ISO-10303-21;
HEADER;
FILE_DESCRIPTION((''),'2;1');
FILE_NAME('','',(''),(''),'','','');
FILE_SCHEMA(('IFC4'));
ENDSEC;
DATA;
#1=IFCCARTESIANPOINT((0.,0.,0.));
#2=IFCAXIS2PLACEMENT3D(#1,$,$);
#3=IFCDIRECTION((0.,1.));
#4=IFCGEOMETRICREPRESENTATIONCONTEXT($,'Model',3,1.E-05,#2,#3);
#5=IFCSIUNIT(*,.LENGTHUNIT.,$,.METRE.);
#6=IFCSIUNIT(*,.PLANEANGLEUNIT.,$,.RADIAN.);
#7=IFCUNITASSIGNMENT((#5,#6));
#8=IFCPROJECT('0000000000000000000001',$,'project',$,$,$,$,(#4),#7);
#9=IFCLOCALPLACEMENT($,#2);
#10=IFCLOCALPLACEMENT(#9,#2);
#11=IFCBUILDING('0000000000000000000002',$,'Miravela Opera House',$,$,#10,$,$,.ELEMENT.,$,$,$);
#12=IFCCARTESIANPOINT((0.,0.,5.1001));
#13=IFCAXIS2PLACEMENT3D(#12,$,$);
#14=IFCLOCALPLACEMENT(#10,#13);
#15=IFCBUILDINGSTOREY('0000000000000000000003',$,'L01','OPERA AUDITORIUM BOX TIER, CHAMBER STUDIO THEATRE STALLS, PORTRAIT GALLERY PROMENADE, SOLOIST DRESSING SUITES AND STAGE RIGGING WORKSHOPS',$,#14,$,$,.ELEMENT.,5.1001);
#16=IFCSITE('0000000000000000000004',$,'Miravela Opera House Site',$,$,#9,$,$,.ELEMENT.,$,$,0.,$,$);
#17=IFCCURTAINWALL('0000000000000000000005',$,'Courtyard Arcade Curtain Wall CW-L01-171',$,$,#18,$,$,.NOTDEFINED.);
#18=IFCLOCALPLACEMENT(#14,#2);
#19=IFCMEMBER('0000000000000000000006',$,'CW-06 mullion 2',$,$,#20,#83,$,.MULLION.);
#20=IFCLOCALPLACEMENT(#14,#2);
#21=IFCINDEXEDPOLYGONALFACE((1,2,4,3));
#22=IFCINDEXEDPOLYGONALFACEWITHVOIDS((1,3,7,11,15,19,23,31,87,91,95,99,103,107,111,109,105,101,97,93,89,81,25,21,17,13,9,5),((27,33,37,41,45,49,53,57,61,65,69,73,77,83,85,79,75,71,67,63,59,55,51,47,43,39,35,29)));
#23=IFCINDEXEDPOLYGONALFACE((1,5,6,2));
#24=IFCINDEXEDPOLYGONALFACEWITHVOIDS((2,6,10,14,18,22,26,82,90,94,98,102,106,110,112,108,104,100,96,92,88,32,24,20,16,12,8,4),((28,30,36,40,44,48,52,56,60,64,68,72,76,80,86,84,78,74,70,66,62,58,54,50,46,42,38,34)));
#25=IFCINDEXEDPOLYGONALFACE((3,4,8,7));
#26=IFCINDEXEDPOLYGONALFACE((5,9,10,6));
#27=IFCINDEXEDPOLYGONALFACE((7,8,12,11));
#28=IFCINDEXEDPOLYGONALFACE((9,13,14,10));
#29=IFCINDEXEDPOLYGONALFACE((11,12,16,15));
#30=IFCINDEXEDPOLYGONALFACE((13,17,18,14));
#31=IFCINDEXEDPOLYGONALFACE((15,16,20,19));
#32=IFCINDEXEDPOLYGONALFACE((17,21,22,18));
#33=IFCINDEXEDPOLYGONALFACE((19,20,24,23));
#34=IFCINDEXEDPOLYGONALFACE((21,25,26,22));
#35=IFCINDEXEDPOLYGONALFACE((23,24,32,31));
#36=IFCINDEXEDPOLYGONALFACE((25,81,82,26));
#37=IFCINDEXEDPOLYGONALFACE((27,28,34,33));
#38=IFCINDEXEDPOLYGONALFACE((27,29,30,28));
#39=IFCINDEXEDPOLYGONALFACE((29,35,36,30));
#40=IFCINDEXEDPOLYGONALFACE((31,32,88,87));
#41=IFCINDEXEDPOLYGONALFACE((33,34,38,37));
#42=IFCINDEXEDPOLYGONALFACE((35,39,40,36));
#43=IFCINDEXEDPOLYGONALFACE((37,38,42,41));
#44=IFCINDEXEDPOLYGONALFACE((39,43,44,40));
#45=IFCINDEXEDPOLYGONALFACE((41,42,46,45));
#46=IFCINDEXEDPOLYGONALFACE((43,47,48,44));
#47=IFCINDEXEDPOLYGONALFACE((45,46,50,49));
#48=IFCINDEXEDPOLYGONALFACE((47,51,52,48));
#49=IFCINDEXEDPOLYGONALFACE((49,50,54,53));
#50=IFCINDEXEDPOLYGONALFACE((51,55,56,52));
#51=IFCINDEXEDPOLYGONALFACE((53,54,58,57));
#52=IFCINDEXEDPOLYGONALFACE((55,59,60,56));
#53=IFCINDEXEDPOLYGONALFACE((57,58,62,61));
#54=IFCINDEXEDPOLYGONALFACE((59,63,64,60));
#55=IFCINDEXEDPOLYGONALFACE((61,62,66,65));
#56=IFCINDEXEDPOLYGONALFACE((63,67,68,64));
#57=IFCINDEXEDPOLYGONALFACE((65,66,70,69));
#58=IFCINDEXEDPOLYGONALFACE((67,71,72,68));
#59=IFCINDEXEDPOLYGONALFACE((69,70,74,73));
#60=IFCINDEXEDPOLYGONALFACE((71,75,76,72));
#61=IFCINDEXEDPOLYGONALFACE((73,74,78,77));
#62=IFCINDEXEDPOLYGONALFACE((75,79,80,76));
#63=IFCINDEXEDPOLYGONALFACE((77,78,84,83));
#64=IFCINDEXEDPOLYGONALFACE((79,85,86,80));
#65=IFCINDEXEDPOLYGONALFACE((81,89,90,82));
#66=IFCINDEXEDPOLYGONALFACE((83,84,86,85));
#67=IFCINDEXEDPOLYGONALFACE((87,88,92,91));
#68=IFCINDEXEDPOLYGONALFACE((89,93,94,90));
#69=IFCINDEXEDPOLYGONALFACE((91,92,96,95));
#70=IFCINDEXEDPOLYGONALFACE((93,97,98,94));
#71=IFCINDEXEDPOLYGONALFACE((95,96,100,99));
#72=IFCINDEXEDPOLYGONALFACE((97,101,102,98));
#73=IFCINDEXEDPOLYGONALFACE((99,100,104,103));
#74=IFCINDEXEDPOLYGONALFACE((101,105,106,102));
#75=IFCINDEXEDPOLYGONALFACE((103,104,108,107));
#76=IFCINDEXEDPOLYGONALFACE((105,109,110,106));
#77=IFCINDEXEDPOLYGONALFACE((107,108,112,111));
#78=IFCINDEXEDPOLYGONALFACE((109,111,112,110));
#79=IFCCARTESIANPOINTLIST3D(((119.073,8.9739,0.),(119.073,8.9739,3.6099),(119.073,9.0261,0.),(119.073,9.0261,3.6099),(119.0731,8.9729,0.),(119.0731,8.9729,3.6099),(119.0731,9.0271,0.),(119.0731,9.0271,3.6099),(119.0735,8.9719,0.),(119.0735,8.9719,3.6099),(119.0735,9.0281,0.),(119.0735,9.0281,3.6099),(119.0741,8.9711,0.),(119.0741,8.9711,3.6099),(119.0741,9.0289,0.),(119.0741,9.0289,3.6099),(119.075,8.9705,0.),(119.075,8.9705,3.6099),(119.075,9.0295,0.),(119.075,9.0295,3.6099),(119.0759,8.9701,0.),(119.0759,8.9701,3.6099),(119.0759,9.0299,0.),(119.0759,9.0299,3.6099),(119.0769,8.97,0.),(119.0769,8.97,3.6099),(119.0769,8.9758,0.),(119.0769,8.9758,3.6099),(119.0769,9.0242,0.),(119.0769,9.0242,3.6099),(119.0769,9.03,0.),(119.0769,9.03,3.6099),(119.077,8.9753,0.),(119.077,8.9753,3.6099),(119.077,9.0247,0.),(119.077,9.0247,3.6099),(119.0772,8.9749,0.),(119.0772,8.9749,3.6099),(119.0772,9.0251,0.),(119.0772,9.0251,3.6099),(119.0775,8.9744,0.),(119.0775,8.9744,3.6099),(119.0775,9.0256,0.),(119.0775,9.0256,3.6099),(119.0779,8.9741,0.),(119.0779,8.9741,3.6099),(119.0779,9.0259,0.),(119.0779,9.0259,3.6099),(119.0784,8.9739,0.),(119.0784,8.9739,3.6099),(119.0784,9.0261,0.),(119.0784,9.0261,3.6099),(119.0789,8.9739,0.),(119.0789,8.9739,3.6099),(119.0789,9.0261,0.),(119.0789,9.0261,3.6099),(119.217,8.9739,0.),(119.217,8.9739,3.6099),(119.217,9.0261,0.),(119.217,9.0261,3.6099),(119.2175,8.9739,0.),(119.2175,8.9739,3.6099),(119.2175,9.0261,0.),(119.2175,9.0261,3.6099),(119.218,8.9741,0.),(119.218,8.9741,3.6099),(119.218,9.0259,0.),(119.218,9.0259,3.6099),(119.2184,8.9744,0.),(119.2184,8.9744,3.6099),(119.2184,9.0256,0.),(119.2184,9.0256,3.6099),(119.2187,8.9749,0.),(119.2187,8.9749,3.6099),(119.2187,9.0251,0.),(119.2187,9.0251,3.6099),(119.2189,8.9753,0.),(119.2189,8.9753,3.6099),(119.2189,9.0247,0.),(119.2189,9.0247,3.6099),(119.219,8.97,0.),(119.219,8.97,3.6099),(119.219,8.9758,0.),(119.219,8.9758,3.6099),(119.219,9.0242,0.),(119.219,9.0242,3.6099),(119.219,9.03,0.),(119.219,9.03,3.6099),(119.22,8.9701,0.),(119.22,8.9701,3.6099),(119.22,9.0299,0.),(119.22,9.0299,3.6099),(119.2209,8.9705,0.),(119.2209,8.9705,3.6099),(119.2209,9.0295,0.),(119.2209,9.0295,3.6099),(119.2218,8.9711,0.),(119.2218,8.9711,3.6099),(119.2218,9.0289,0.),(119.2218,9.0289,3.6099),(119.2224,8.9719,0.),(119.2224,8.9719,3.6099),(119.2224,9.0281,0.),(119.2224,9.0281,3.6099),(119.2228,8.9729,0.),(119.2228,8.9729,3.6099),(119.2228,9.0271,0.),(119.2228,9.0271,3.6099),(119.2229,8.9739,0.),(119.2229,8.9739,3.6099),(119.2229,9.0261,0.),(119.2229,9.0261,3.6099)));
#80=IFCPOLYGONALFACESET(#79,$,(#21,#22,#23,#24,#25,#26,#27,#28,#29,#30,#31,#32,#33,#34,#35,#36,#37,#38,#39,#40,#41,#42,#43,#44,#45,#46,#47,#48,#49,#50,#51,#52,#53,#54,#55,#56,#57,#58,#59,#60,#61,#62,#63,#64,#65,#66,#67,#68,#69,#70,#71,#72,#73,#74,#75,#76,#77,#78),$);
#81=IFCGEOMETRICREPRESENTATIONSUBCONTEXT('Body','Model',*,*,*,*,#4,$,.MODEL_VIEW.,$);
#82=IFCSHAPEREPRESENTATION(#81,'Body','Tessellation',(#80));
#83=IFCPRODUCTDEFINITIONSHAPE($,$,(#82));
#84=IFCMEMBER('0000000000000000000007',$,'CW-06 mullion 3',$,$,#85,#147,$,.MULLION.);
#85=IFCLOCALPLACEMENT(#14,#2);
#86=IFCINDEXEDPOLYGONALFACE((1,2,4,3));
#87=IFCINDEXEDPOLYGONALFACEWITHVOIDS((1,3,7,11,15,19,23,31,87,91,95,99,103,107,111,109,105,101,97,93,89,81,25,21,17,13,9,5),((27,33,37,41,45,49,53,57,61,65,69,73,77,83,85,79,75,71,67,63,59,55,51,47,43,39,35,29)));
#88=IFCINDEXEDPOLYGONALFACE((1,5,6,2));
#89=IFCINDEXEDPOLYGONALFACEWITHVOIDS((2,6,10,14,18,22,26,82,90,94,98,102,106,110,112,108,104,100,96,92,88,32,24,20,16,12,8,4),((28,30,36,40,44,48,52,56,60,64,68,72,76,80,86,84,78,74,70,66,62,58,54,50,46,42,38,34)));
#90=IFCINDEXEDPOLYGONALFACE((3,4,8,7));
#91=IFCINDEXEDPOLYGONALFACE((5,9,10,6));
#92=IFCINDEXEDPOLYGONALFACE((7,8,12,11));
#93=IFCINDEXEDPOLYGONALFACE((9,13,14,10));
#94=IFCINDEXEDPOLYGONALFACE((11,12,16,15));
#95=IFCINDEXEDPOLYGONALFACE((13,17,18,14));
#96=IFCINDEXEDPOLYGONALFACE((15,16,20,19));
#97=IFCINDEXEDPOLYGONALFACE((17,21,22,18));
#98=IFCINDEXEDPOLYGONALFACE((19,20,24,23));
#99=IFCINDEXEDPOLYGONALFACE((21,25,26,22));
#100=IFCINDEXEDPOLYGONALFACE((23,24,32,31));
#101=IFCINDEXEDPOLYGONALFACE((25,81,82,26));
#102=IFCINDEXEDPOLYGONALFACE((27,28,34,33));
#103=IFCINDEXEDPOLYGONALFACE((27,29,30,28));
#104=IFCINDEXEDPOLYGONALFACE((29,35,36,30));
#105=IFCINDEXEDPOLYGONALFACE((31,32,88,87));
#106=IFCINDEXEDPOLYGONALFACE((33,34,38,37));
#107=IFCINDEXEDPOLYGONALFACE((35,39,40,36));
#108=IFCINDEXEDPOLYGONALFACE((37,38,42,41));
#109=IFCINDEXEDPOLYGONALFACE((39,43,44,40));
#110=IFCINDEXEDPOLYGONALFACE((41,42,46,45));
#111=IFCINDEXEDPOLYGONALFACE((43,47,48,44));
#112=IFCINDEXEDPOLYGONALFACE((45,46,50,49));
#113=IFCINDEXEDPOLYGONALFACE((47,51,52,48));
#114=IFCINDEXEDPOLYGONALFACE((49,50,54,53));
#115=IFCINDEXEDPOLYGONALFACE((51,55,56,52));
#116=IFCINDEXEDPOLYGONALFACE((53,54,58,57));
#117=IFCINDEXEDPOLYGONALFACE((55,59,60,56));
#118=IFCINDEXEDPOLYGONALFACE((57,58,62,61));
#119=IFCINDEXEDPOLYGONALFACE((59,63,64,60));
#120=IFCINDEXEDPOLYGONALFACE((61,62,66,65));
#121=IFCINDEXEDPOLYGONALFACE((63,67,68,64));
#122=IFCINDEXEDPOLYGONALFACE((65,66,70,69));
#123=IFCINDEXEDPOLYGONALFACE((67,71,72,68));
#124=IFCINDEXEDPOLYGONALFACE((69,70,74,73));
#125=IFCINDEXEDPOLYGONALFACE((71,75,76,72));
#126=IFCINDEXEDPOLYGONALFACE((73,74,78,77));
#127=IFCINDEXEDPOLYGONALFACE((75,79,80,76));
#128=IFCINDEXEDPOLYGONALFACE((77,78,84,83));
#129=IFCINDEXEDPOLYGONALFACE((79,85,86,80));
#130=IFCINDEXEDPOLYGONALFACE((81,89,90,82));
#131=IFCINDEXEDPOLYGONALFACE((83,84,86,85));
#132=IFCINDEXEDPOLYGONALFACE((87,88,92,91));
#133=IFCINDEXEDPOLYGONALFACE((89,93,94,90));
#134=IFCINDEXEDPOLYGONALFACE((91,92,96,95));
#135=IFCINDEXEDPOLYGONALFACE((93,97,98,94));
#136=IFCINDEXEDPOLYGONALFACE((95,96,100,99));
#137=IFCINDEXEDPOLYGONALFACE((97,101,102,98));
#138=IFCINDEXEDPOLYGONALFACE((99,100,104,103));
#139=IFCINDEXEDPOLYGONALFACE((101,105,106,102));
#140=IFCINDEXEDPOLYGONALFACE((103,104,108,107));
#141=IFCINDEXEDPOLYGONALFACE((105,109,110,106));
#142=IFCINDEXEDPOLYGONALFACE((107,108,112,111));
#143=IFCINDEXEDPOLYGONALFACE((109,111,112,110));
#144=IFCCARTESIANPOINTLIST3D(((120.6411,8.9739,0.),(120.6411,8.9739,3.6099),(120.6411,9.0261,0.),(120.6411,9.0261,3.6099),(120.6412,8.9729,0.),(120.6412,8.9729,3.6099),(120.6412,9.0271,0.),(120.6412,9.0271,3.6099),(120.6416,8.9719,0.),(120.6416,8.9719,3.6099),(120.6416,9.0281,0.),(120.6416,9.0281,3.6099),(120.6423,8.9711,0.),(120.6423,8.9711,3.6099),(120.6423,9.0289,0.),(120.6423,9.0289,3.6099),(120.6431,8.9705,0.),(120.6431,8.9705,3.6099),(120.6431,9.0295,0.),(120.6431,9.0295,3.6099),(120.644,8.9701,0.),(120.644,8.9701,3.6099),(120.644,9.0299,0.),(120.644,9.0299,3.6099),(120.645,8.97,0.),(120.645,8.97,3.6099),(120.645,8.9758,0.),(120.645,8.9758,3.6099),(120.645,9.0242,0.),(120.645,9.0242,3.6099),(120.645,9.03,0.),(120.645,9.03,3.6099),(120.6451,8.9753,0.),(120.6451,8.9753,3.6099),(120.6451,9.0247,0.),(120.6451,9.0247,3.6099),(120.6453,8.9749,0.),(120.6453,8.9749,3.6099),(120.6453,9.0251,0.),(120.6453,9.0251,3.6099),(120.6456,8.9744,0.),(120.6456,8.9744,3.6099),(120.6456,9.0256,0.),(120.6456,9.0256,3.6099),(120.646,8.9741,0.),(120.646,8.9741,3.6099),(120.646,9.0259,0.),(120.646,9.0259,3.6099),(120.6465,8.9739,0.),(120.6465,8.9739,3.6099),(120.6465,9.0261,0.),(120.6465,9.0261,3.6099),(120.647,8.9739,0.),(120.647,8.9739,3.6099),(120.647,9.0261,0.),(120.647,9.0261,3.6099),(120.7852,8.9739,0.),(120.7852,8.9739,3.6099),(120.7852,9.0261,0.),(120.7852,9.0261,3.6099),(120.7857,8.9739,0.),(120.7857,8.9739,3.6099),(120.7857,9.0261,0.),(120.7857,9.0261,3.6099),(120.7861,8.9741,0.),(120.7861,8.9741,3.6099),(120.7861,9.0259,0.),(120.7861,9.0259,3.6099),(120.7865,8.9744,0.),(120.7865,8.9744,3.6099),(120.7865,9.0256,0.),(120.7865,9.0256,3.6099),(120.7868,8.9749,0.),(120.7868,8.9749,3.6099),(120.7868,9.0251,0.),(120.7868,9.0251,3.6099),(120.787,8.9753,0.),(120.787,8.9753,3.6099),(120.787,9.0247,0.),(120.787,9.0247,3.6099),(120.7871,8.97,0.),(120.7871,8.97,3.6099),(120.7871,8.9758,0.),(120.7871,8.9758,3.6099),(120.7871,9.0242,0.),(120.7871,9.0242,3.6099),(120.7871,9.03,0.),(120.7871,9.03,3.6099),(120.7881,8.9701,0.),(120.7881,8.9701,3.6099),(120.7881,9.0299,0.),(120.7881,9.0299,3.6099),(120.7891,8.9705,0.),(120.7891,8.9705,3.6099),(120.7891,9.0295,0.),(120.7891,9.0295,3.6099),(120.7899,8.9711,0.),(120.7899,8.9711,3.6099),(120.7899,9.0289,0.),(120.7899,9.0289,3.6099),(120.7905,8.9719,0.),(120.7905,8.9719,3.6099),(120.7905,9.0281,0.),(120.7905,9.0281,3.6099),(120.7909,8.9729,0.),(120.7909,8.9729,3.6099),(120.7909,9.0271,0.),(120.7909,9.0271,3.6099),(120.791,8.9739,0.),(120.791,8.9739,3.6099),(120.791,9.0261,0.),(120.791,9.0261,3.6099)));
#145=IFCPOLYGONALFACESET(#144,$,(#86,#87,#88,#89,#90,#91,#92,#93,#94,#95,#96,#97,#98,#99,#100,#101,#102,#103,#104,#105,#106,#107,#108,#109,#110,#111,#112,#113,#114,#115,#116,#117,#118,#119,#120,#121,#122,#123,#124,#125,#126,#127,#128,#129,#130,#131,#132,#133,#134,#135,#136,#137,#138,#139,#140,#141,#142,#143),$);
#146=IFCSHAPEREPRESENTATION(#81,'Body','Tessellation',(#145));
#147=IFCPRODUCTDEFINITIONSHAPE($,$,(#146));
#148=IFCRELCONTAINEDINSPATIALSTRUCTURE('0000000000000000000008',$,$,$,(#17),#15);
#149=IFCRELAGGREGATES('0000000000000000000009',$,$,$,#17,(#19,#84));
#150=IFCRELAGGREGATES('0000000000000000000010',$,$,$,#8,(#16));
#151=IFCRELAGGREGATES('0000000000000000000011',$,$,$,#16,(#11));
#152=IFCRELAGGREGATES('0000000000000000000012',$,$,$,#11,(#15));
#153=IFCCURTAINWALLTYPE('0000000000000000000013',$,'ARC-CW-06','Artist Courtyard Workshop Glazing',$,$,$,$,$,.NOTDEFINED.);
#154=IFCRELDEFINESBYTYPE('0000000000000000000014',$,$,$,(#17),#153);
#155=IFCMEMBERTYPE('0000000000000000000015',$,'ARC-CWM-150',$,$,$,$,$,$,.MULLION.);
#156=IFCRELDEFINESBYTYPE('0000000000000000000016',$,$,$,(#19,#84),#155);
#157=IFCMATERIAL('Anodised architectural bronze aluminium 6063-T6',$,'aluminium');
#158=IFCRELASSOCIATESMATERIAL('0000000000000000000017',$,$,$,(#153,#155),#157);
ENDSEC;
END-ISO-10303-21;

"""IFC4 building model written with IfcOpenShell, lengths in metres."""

from ifc_helpers import new_model, si_unit, direction, frame, origin, origin_2d, place, context, subcontext, project, spatial, hollow_rectangle, extrude, material, material_profile, profile_set, type_object, element, aggregate, save


model = new_model("IFC4")

# Units and contexts
model_context = context("Model", 3, precision=1e-05, world=origin(), true_north=direction((0.0, 1.0)))
body_context = subcontext(model_context, "Body", "Model", "MODEL_VIEW")
ifc_project = project(units=[si_unit("LENGTHUNIT", "METRE"), si_unit("PLANEANGLEUNIT", "RADIAN")], contexts=[model_context])

# Site, building, storey
site_placement = place(None, origin())
site = spatial("IfcSite", under=ifc_project, at=site_placement, Name="Miravela Opera House Site", CompositionType="ELEMENT", RefElevation=0.0)
building_placement = place(site_placement, origin())
building = spatial("IfcBuilding", under=site, at=building_placement, Name="Miravela Opera House", CompositionType="ELEMENT")
storey_placement = place(building_placement, frame((0.0, 0.0, 5.1001)))
storey = spatial("IfcBuildingStorey", under=building, at=storey_placement, Name="L01", Description="OPERA AUDITORIUM BOX TIER, CHAMBER STUDIO THEATRE STALLS, PORTRAIT GALLERY PROMENADE, SOLOIST DRESSING SUITES AND STAGE RIGGING WORKSHOPS", CompositionType="ELEMENT", Elevation=5.1001)

# Curtain wall, members
ifc_material_1 = material(Name="Anodised architectural bronze aluminium 6063-T6", Category="aluminium")
curtain_wall_type = type_object("IfcCurtainWallType", Name="ARC-CW-06", Description="Artist Courtyard Workshop Glazing", PredefinedType="NOTDEFINED", material=ifc_material_1)
curtain_wall_placement = place(storey_placement, origin())
curtain_wall = element("IfcCurtainWall", 1, at=curtain_wall_placement, inside=storey, type_object=curtain_wall_type, Name="Courtyard Arcade Curtain Wall CW-L01-171", PredefinedType="NOTDEFINED")
ifc_material_profile_1 = material_profile(ifc_material_1, hollow_rectangle(XDim=0.0601, YDim=0.1499, WallThickness=0.0039, InnerFilletRadius=0.002, OuterFilletRadius=0.0039, at=origin_2d()), Name="CWM-60X150")
ifc_profile_set_1 = profile_set([ifc_material_profile_1])
member_type_1 = type_object("IfcMemberType", Name="ARC-CWM-150", PredefinedType="MULLION", material=ifc_profile_set_1)
member_1_placement = place(storey_placement, frame((119.1479, 9.0, 0.0), z_axis=(0.0, 0.0, 1.0), x_axis=(0.0, 1.0, 0.0)))
member_1 = element("IfcMember", 2, at=member_1_placement, type_object=member_type_1, Name="CW-06 mullion 2", PredefinedType="MULLION", context=body_context, shape_type="SweptSolid", body=[
    extrude(hollow_rectangle(XDim=0.0601, YDim=0.1499, WallThickness=0.0039, InnerFilletRadius=0.002, OuterFilletRadius=0.0039, at=origin_2d()), origin(), (0.0, 0.0, 1.0), 3.6099),
])
member_2_placement = place(storey_placement, frame((120.7161, 9.0, 0.0), z_axis=(0.0, 0.0, 1.0), x_axis=(0.0, 1.0, 0.0)))
member_2 = element("IfcMember", 3, at=member_2_placement, type_object=member_type_1, Name="CW-06 mullion 3", PredefinedType="MULLION", context=body_context, shape_type="SweptSolid", body=[
    extrude(hollow_rectangle(XDim=0.0601, YDim=0.1499, WallThickness=0.0039, InnerFilletRadius=0.002, OuterFilletRadius=0.0039, at=origin_2d()), origin(), (0.0, 0.0, 1.0), 3.6099),
])

aggregate(curtain_wall, [member_1, member_2])

save(model, "model.ifc")
